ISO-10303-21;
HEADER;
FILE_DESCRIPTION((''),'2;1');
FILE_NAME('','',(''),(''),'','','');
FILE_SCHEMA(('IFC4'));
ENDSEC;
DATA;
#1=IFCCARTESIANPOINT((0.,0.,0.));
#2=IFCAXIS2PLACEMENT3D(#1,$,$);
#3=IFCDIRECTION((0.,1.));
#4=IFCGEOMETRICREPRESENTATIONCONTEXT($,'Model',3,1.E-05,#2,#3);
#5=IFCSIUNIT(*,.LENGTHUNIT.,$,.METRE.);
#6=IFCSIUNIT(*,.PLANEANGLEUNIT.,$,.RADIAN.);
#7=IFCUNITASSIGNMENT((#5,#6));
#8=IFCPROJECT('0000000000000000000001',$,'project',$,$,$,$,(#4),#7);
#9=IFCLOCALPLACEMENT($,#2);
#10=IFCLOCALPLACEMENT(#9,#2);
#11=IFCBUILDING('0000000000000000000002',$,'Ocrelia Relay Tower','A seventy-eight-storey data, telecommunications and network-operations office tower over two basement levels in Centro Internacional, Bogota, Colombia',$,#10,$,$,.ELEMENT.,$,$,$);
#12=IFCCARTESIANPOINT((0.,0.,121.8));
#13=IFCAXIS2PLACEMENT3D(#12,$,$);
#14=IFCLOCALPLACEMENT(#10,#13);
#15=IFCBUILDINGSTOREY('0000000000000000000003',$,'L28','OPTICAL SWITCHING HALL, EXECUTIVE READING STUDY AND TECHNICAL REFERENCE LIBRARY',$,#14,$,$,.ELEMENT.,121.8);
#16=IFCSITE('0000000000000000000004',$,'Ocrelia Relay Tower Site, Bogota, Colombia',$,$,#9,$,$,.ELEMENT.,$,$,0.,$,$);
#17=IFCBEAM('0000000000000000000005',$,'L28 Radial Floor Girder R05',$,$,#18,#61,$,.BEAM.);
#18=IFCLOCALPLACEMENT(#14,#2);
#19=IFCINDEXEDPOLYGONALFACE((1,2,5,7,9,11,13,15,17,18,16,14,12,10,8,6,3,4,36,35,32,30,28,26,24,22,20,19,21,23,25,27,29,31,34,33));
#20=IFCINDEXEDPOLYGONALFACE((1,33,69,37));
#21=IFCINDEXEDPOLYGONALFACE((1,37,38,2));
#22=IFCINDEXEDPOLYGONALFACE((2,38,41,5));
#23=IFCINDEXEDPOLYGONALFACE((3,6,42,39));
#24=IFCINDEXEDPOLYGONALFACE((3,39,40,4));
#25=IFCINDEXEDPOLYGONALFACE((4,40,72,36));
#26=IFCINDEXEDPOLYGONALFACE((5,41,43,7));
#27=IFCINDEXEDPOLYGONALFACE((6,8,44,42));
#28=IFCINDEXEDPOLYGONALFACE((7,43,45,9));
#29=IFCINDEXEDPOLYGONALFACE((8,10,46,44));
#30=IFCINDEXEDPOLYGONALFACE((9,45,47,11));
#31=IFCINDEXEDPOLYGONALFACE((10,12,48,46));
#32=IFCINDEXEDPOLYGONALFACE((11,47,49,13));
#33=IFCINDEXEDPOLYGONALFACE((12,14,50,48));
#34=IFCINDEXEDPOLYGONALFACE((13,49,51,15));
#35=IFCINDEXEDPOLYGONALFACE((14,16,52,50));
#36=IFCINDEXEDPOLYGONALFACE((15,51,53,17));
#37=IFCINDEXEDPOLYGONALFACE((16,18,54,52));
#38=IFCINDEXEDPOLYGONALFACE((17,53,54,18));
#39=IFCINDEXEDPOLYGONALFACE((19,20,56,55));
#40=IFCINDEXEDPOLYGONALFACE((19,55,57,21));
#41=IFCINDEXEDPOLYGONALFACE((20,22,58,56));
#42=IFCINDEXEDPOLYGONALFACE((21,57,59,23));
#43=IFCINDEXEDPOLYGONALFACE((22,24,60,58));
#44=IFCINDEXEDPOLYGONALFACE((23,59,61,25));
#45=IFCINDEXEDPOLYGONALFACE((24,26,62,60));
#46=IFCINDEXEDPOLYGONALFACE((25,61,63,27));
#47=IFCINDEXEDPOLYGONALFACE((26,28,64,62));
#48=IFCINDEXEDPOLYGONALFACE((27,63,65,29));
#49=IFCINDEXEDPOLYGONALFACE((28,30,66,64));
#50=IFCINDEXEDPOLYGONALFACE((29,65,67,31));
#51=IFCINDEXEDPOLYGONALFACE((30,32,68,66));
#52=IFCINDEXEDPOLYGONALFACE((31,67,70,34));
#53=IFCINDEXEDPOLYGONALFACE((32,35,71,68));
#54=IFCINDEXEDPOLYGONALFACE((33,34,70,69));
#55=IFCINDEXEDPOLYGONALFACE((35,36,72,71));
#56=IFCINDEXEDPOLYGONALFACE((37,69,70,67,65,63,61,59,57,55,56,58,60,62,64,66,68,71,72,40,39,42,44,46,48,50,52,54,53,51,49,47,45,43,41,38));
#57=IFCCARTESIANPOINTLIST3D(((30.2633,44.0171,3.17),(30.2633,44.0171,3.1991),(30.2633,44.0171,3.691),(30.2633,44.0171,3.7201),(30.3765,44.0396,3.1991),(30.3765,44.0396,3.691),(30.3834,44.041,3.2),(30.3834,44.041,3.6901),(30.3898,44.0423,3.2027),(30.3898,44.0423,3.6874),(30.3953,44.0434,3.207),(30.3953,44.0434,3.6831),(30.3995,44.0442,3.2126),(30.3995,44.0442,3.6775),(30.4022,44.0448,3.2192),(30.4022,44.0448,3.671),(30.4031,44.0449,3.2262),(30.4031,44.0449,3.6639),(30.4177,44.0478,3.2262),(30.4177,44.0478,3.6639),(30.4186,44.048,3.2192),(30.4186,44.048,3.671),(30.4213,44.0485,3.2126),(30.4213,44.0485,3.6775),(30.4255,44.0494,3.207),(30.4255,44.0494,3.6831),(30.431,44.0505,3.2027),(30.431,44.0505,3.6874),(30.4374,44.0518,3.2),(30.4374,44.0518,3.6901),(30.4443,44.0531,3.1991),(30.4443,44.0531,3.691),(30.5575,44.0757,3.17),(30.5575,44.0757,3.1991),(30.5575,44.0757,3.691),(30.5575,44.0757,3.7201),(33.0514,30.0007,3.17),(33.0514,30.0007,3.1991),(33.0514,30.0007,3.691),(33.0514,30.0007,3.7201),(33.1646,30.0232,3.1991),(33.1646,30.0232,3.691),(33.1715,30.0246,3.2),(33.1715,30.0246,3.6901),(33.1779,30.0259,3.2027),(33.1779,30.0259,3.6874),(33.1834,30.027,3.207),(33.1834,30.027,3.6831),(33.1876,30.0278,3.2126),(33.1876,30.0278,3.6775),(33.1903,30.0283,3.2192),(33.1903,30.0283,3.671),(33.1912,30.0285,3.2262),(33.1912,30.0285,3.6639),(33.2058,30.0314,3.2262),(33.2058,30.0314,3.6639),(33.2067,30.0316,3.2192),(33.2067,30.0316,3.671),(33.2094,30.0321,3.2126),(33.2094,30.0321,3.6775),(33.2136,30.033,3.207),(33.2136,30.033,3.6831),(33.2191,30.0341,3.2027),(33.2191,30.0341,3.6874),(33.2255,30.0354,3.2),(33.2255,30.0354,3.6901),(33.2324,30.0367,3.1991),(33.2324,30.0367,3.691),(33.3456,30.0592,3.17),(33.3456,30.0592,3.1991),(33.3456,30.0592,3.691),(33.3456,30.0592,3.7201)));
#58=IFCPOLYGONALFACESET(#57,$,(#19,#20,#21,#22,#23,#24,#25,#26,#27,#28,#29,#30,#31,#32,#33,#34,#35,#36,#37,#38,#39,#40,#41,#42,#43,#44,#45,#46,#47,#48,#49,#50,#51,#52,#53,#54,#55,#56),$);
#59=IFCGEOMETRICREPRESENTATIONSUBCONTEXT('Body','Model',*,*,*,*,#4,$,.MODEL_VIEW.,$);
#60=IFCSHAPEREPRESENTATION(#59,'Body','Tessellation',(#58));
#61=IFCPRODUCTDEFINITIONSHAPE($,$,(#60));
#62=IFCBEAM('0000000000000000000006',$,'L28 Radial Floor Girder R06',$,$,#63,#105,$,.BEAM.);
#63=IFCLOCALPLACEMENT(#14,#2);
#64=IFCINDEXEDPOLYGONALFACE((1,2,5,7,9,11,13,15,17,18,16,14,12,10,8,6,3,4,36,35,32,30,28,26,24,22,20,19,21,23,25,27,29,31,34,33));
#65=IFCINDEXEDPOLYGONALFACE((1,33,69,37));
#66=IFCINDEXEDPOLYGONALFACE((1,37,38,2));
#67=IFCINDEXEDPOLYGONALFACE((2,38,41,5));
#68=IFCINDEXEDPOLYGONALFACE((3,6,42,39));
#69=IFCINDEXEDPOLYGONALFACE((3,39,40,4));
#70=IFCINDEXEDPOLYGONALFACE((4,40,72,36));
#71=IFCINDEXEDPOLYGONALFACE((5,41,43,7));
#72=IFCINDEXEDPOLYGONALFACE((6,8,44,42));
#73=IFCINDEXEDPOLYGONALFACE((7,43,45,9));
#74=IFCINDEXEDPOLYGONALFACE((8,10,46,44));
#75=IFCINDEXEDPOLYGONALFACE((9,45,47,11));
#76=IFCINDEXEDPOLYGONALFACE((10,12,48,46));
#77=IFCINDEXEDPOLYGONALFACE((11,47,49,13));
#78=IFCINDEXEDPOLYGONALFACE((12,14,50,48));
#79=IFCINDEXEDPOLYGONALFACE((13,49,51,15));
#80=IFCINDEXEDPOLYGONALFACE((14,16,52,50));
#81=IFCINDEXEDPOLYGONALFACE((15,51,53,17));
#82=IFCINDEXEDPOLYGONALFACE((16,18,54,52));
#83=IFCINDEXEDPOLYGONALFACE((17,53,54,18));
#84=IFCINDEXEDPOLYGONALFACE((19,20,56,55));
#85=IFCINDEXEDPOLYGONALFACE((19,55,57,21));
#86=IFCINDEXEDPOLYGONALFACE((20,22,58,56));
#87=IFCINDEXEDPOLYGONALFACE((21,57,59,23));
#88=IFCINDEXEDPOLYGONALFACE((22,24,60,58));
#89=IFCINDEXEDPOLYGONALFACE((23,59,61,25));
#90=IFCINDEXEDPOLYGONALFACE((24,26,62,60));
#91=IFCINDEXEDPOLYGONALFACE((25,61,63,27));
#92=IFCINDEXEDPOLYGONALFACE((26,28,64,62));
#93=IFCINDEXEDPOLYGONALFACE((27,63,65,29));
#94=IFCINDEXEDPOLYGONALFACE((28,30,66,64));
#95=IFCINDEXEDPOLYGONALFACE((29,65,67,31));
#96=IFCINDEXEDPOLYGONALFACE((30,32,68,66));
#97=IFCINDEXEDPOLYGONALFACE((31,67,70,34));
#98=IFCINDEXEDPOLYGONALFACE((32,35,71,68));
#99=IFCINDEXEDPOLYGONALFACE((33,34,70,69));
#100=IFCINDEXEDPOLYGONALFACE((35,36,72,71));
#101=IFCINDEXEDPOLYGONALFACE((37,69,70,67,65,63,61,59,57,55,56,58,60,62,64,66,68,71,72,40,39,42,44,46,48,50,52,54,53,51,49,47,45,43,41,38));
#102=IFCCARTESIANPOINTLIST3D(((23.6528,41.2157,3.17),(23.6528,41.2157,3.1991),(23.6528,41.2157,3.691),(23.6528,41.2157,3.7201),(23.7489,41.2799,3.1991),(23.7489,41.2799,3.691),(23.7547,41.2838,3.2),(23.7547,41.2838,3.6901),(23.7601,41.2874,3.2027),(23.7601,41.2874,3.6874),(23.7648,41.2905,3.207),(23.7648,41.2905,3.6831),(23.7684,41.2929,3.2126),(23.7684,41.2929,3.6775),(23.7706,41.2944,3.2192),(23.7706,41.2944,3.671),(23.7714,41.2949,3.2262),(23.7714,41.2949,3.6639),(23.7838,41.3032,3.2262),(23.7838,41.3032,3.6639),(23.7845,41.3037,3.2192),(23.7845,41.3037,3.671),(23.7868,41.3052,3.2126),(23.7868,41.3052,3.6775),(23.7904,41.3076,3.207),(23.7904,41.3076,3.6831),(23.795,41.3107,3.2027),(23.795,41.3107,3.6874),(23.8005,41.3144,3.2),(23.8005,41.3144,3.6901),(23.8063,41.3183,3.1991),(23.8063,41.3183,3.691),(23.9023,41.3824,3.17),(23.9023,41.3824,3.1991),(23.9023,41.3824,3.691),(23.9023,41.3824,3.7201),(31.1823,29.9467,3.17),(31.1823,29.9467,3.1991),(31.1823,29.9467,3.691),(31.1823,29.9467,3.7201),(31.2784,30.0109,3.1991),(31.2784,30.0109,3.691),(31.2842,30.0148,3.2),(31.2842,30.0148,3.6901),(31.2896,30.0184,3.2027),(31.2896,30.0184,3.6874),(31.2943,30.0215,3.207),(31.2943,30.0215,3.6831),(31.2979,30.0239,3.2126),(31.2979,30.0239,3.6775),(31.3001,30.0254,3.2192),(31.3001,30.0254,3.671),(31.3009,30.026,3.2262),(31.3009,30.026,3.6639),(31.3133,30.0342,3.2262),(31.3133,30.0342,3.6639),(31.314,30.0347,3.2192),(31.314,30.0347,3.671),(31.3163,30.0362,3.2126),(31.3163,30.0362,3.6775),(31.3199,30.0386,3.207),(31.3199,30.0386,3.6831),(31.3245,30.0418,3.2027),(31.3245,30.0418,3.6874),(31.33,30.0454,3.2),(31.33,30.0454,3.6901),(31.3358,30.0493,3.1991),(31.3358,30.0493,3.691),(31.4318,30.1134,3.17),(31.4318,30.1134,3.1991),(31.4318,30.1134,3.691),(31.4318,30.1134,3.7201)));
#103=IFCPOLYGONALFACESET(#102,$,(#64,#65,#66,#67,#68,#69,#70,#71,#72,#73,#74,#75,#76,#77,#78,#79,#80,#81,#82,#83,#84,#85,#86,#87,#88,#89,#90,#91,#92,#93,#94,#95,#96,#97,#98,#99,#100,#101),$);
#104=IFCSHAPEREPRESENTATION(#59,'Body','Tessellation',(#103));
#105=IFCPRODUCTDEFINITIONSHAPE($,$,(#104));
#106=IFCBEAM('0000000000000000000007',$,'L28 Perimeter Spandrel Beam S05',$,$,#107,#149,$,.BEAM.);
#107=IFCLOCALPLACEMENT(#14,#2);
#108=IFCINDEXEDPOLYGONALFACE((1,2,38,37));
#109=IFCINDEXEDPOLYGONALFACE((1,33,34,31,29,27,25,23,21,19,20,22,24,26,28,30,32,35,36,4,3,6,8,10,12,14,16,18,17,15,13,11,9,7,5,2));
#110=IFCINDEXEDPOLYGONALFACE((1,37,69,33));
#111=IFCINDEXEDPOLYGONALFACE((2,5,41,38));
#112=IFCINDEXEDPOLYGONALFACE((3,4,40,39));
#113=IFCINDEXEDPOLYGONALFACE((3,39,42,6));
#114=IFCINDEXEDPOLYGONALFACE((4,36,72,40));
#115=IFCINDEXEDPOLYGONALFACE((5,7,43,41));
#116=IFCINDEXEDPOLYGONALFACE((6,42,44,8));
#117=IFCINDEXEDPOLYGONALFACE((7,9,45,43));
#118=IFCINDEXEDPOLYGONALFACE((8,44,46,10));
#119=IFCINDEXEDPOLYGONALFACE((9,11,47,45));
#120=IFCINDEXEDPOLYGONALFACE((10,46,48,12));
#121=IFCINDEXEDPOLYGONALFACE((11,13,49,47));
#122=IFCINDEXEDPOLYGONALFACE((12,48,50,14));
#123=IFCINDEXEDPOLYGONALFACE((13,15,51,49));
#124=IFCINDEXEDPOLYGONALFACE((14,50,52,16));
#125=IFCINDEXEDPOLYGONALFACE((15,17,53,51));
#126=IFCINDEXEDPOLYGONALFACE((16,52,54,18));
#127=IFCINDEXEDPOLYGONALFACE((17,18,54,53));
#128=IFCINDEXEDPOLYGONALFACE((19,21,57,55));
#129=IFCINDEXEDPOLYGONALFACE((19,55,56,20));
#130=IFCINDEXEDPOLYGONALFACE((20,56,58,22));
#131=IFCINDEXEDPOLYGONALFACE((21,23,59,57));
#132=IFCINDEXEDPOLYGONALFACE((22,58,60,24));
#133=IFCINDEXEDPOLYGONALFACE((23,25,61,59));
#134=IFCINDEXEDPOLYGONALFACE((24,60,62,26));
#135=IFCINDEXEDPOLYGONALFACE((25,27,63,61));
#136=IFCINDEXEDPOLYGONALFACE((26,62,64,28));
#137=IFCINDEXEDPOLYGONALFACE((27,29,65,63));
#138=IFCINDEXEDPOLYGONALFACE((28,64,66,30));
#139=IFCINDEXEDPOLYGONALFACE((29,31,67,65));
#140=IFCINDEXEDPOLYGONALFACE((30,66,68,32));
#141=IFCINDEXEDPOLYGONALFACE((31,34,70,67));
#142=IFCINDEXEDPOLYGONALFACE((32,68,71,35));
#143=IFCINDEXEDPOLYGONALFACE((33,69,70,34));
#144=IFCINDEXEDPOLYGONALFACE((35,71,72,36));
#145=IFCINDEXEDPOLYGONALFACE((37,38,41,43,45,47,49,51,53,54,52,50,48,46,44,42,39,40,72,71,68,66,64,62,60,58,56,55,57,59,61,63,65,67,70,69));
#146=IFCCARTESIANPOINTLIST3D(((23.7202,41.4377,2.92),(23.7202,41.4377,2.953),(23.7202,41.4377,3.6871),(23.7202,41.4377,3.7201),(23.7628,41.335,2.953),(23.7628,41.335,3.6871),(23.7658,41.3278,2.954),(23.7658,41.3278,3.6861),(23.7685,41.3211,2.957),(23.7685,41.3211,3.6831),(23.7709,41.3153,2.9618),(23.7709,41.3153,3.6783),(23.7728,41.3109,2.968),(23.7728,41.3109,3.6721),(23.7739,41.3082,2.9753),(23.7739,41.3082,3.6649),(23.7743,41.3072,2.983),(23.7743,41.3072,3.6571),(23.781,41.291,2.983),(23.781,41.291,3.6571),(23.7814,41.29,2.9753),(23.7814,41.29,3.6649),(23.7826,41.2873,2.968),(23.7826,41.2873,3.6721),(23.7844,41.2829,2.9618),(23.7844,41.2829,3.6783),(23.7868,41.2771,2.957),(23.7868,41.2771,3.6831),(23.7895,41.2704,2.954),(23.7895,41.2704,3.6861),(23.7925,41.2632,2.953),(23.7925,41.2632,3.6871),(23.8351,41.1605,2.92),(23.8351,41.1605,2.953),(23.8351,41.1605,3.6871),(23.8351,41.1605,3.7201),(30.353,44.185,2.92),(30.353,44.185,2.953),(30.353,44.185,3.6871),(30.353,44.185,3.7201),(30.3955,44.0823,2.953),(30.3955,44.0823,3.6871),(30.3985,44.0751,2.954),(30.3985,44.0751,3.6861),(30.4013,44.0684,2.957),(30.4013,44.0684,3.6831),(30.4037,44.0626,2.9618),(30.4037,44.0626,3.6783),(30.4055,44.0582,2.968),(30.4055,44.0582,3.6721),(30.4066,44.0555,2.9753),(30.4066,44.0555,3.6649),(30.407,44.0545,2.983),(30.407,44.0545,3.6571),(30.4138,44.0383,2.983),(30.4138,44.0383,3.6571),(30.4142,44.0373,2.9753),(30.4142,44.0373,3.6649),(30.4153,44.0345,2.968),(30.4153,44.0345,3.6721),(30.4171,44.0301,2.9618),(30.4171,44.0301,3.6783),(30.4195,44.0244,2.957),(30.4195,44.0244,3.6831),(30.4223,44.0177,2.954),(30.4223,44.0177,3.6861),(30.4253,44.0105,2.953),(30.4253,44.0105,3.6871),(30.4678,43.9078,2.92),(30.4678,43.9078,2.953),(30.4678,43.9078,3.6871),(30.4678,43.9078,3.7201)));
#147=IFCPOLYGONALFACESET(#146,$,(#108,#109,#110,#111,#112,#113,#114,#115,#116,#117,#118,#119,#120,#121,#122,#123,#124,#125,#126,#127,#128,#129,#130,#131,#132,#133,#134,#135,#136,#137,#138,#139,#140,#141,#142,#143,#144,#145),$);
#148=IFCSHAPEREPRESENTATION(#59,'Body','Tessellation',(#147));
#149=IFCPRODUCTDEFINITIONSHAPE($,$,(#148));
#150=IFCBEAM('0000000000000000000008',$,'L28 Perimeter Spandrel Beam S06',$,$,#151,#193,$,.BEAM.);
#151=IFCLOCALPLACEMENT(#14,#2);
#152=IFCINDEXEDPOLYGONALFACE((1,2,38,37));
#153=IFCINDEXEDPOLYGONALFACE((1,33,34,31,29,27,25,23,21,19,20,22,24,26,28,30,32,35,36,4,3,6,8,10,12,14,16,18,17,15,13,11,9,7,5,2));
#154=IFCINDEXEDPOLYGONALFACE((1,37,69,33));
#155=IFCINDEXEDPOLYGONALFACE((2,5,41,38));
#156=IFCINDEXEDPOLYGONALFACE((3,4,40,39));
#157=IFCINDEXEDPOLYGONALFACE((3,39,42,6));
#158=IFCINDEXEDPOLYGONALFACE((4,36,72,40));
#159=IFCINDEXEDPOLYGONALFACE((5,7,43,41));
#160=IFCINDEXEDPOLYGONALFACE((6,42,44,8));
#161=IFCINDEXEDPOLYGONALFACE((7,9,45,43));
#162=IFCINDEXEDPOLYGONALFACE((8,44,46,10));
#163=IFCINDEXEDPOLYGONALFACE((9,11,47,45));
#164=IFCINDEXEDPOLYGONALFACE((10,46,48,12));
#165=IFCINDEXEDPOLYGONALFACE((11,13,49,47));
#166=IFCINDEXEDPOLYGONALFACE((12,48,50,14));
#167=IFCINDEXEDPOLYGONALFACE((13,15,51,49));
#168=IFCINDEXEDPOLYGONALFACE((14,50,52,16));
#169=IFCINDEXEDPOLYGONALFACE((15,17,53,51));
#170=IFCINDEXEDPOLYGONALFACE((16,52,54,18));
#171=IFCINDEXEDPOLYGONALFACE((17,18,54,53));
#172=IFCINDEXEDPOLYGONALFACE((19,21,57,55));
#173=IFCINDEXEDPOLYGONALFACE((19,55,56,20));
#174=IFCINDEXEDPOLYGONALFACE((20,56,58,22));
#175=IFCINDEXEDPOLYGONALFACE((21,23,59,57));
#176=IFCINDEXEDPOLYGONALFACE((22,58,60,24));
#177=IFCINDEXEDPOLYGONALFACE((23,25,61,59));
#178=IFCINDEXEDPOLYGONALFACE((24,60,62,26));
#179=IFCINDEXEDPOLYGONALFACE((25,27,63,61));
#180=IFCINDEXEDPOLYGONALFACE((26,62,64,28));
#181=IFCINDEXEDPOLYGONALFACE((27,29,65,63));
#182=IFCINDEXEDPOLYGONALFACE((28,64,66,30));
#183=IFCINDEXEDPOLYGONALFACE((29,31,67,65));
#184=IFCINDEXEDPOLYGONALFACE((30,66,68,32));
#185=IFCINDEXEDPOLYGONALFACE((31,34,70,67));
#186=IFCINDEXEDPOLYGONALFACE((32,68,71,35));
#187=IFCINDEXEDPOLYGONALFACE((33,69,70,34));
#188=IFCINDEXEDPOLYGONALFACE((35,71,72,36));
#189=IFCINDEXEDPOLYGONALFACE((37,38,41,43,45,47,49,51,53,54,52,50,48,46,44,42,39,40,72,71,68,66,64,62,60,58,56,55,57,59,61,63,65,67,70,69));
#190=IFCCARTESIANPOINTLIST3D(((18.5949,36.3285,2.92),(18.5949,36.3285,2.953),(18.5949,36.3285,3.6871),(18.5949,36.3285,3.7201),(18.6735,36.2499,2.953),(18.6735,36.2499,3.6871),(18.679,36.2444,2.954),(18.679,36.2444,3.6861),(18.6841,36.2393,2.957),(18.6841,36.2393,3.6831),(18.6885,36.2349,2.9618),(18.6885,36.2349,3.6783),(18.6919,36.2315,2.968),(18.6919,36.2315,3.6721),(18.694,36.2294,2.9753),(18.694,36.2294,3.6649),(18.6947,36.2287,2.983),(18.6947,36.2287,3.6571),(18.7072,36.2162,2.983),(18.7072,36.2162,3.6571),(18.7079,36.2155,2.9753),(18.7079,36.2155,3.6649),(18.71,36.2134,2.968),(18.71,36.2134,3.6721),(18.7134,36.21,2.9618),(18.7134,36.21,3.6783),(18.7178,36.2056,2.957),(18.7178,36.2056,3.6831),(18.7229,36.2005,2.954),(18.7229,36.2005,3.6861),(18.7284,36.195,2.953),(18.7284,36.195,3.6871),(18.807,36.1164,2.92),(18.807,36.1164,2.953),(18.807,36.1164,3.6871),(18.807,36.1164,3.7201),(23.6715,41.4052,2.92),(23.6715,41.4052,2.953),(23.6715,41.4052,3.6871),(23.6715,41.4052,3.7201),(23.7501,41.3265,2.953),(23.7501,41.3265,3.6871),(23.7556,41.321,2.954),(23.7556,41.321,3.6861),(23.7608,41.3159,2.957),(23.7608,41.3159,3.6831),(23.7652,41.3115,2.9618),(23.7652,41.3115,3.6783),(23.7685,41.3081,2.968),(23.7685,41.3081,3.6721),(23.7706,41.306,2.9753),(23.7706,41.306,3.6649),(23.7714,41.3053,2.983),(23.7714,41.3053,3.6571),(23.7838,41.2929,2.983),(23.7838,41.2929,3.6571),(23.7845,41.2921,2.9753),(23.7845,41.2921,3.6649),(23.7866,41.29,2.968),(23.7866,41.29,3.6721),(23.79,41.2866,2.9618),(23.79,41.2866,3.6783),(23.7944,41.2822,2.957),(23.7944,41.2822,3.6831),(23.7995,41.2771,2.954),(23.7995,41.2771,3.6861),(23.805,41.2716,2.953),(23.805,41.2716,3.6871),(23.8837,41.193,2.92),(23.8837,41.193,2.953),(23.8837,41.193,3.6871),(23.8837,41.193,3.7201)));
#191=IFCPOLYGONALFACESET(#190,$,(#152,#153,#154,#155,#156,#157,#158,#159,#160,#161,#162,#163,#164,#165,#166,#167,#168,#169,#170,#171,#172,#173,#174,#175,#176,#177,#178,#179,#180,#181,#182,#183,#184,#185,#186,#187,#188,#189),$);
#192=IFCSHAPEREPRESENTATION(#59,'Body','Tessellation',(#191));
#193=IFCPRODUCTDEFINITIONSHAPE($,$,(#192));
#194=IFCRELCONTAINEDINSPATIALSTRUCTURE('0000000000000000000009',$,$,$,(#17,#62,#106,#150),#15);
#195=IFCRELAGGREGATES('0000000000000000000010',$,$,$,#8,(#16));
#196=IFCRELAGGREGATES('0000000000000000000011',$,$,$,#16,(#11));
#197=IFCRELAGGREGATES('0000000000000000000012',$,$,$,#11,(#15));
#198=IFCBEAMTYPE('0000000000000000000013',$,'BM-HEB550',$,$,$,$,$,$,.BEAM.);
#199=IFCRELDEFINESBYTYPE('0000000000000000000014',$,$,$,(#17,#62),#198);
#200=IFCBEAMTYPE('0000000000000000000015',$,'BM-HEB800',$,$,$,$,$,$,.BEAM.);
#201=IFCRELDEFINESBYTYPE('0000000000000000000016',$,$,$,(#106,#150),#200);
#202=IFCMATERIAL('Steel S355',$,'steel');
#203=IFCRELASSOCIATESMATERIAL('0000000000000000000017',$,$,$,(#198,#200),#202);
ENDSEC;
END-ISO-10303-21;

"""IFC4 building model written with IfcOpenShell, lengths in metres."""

from ifc_helpers import new_model, si_unit, direction, frame, origin, origin_2d, place, context, subcontext, project, spatial, i_section, extrude, material, material_profile, profile_set, type_object, element, save


model = new_model("IFC4")

# Units and contexts
model_context = context("Model", 3, precision=1e-05, world=origin(), true_north=direction((0.0, 1.0)))
body_context = subcontext(model_context, "Body", "Model", "MODEL_VIEW")
ifc_project = project(units=[si_unit("LENGTHUNIT", "METRE"), si_unit("PLANEANGLEUNIT", "RADIAN")], contexts=[model_context])

# Site, building, storey
site_placement = place(None, origin())
site = spatial("IfcSite", under=ifc_project, at=site_placement, Name="Ocrelia Relay Tower Site, Bogota, Colombia", CompositionType="ELEMENT", RefElevation=0.0)
building_placement = place(site_placement, origin())
building = spatial("IfcBuilding", under=site, at=building_placement, Name="Ocrelia Relay Tower", Description="A seventy-eight-storey data, telecommunications and network-operations office tower over two basement levels in Centro Internacional, Bogota, Colombia", CompositionType="ELEMENT")
storey_placement = place(building_placement, frame((0.0, 0.0, 121.8)))
storey = spatial("IfcBuildingStorey", under=building, at=storey_placement, Name="L28", Description="OPTICAL SWITCHING HALL, EXECUTIVE READING STUDY AND TECHNICAL REFERENCE LIBRARY", CompositionType="ELEMENT", Elevation=121.8)

# Beams
ifc_material_1 = material(Name="Steel S355", Category="steel")
ifc_material_profile_1 = material_profile(ifc_material_1, i_section(OverallWidth=0.3, OverallDepth=0.55, WebThickness=0.0149, FlangeThickness=0.0291, FilletRadius=0.0271, at=origin_2d()), Name="HEB 550")
ifc_profile_set_1 = profile_set([ifc_material_profile_1], Name="Steel S355")
beam_type_1 = type_object("IfcBeamType", Name="BM-HEB550", PredefinedType="BEAM", material=ifc_profile_set_1)
beam_1_placement = place(storey_placement, frame((30.4104, 44.0464, 3.4451), z_axis=(0.195094, -0.980784, 0.0), x_axis=(0.980784, 0.195094, 0.0)))
element("IfcBeam", 1, at=beam_1_placement, inside=storey, type_object=beam_type_1, Name="L28 Radial Floor Girder R05", PredefinedType="BEAM", context=body_context, shape_type="SweptSolid", body=[
    extrude(i_section(OverallWidth=0.3, OverallDepth=0.55, WebThickness=0.0149, FlangeThickness=0.0291, FilletRadius=0.0271, at=origin_2d()), origin(), (0.0, 0.0, 1.0), 14.291),
])
beam_2_placement = place(storey_placement, frame((23.7776, 41.2991, 3.4451), z_axis=(0.55556, -0.831476, 0.0), x_axis=(0.831476, 0.55556, 0.0)))
element("IfcBeam", 2, at=beam_2_placement, inside=storey, type_object=beam_type_1, Name="L28 Radial Floor Girder R06", PredefinedType="BEAM", context=body_context, shape_type="SweptSolid", body=[
    extrude(i_section(OverallWidth=0.3, OverallDepth=0.55, WebThickness=0.0149, FlangeThickness=0.0291, FilletRadius=0.0271, at=origin_2d()), origin(), (0.0, 0.0, 1.0), 13.553),
])
ifc_material_profile_2 = material_profile(ifc_material_1, i_section(OverallWidth=0.3, OverallDepth=0.8, WebThickness=0.0176, FlangeThickness=0.033, FilletRadius=0.03, at=origin_2d()), Name="HEB 800")
ifc_profile_set_2 = profile_set([ifc_material_profile_2], Name="Steel S355")
beam_type_2 = type_object("IfcBeamType", Name="BM-HEB800", PredefinedType="BEAM", material=ifc_profile_set_2)
beam_3_placement = place(storey_placement, frame((30.4104, 44.0464, 3.3201), z_axis=(-0.923884, -0.382673, 0.0), x_axis=(0.382673, -0.923884, 0.0)))
element("IfcBeam", 3, at=beam_3_placement, inside=storey, type_object=beam_type_2, Name="L28 Perimeter Spandrel Beam S05", PredefinedType="BEAM", context=body_context, shape_type="SweptSolid", body=[
    extrude(i_section(OverallWidth=0.3, OverallDepth=0.8, WebThickness=0.0176, FlangeThickness=0.033, FilletRadius=0.03, at=origin_2d()), origin(), (0.0, 0.0, 1.0), 7.1792),
])
beam_4_placement = place(storey_placement, frame((23.7776, 41.2991, 3.3201), z_axis=(-0.707107, -0.707107, 0.0), x_axis=(0.707107, -0.707107, 0.0)))
element("IfcBeam", 4, at=beam_4_placement, inside=storey, type_object=beam_type_2, Name="L28 Perimeter Spandrel Beam S06", PredefinedType="BEAM", context=body_context, shape_type="SweptSolid", body=[
    extrude(i_section(OverallWidth=0.3, OverallDepth=0.8, WebThickness=0.0176, FlangeThickness=0.033, FilletRadius=0.03, at=origin_2d()), origin(), (0.0, 0.0, 1.0), 7.1794),
])

save(model, "model.ifc")
